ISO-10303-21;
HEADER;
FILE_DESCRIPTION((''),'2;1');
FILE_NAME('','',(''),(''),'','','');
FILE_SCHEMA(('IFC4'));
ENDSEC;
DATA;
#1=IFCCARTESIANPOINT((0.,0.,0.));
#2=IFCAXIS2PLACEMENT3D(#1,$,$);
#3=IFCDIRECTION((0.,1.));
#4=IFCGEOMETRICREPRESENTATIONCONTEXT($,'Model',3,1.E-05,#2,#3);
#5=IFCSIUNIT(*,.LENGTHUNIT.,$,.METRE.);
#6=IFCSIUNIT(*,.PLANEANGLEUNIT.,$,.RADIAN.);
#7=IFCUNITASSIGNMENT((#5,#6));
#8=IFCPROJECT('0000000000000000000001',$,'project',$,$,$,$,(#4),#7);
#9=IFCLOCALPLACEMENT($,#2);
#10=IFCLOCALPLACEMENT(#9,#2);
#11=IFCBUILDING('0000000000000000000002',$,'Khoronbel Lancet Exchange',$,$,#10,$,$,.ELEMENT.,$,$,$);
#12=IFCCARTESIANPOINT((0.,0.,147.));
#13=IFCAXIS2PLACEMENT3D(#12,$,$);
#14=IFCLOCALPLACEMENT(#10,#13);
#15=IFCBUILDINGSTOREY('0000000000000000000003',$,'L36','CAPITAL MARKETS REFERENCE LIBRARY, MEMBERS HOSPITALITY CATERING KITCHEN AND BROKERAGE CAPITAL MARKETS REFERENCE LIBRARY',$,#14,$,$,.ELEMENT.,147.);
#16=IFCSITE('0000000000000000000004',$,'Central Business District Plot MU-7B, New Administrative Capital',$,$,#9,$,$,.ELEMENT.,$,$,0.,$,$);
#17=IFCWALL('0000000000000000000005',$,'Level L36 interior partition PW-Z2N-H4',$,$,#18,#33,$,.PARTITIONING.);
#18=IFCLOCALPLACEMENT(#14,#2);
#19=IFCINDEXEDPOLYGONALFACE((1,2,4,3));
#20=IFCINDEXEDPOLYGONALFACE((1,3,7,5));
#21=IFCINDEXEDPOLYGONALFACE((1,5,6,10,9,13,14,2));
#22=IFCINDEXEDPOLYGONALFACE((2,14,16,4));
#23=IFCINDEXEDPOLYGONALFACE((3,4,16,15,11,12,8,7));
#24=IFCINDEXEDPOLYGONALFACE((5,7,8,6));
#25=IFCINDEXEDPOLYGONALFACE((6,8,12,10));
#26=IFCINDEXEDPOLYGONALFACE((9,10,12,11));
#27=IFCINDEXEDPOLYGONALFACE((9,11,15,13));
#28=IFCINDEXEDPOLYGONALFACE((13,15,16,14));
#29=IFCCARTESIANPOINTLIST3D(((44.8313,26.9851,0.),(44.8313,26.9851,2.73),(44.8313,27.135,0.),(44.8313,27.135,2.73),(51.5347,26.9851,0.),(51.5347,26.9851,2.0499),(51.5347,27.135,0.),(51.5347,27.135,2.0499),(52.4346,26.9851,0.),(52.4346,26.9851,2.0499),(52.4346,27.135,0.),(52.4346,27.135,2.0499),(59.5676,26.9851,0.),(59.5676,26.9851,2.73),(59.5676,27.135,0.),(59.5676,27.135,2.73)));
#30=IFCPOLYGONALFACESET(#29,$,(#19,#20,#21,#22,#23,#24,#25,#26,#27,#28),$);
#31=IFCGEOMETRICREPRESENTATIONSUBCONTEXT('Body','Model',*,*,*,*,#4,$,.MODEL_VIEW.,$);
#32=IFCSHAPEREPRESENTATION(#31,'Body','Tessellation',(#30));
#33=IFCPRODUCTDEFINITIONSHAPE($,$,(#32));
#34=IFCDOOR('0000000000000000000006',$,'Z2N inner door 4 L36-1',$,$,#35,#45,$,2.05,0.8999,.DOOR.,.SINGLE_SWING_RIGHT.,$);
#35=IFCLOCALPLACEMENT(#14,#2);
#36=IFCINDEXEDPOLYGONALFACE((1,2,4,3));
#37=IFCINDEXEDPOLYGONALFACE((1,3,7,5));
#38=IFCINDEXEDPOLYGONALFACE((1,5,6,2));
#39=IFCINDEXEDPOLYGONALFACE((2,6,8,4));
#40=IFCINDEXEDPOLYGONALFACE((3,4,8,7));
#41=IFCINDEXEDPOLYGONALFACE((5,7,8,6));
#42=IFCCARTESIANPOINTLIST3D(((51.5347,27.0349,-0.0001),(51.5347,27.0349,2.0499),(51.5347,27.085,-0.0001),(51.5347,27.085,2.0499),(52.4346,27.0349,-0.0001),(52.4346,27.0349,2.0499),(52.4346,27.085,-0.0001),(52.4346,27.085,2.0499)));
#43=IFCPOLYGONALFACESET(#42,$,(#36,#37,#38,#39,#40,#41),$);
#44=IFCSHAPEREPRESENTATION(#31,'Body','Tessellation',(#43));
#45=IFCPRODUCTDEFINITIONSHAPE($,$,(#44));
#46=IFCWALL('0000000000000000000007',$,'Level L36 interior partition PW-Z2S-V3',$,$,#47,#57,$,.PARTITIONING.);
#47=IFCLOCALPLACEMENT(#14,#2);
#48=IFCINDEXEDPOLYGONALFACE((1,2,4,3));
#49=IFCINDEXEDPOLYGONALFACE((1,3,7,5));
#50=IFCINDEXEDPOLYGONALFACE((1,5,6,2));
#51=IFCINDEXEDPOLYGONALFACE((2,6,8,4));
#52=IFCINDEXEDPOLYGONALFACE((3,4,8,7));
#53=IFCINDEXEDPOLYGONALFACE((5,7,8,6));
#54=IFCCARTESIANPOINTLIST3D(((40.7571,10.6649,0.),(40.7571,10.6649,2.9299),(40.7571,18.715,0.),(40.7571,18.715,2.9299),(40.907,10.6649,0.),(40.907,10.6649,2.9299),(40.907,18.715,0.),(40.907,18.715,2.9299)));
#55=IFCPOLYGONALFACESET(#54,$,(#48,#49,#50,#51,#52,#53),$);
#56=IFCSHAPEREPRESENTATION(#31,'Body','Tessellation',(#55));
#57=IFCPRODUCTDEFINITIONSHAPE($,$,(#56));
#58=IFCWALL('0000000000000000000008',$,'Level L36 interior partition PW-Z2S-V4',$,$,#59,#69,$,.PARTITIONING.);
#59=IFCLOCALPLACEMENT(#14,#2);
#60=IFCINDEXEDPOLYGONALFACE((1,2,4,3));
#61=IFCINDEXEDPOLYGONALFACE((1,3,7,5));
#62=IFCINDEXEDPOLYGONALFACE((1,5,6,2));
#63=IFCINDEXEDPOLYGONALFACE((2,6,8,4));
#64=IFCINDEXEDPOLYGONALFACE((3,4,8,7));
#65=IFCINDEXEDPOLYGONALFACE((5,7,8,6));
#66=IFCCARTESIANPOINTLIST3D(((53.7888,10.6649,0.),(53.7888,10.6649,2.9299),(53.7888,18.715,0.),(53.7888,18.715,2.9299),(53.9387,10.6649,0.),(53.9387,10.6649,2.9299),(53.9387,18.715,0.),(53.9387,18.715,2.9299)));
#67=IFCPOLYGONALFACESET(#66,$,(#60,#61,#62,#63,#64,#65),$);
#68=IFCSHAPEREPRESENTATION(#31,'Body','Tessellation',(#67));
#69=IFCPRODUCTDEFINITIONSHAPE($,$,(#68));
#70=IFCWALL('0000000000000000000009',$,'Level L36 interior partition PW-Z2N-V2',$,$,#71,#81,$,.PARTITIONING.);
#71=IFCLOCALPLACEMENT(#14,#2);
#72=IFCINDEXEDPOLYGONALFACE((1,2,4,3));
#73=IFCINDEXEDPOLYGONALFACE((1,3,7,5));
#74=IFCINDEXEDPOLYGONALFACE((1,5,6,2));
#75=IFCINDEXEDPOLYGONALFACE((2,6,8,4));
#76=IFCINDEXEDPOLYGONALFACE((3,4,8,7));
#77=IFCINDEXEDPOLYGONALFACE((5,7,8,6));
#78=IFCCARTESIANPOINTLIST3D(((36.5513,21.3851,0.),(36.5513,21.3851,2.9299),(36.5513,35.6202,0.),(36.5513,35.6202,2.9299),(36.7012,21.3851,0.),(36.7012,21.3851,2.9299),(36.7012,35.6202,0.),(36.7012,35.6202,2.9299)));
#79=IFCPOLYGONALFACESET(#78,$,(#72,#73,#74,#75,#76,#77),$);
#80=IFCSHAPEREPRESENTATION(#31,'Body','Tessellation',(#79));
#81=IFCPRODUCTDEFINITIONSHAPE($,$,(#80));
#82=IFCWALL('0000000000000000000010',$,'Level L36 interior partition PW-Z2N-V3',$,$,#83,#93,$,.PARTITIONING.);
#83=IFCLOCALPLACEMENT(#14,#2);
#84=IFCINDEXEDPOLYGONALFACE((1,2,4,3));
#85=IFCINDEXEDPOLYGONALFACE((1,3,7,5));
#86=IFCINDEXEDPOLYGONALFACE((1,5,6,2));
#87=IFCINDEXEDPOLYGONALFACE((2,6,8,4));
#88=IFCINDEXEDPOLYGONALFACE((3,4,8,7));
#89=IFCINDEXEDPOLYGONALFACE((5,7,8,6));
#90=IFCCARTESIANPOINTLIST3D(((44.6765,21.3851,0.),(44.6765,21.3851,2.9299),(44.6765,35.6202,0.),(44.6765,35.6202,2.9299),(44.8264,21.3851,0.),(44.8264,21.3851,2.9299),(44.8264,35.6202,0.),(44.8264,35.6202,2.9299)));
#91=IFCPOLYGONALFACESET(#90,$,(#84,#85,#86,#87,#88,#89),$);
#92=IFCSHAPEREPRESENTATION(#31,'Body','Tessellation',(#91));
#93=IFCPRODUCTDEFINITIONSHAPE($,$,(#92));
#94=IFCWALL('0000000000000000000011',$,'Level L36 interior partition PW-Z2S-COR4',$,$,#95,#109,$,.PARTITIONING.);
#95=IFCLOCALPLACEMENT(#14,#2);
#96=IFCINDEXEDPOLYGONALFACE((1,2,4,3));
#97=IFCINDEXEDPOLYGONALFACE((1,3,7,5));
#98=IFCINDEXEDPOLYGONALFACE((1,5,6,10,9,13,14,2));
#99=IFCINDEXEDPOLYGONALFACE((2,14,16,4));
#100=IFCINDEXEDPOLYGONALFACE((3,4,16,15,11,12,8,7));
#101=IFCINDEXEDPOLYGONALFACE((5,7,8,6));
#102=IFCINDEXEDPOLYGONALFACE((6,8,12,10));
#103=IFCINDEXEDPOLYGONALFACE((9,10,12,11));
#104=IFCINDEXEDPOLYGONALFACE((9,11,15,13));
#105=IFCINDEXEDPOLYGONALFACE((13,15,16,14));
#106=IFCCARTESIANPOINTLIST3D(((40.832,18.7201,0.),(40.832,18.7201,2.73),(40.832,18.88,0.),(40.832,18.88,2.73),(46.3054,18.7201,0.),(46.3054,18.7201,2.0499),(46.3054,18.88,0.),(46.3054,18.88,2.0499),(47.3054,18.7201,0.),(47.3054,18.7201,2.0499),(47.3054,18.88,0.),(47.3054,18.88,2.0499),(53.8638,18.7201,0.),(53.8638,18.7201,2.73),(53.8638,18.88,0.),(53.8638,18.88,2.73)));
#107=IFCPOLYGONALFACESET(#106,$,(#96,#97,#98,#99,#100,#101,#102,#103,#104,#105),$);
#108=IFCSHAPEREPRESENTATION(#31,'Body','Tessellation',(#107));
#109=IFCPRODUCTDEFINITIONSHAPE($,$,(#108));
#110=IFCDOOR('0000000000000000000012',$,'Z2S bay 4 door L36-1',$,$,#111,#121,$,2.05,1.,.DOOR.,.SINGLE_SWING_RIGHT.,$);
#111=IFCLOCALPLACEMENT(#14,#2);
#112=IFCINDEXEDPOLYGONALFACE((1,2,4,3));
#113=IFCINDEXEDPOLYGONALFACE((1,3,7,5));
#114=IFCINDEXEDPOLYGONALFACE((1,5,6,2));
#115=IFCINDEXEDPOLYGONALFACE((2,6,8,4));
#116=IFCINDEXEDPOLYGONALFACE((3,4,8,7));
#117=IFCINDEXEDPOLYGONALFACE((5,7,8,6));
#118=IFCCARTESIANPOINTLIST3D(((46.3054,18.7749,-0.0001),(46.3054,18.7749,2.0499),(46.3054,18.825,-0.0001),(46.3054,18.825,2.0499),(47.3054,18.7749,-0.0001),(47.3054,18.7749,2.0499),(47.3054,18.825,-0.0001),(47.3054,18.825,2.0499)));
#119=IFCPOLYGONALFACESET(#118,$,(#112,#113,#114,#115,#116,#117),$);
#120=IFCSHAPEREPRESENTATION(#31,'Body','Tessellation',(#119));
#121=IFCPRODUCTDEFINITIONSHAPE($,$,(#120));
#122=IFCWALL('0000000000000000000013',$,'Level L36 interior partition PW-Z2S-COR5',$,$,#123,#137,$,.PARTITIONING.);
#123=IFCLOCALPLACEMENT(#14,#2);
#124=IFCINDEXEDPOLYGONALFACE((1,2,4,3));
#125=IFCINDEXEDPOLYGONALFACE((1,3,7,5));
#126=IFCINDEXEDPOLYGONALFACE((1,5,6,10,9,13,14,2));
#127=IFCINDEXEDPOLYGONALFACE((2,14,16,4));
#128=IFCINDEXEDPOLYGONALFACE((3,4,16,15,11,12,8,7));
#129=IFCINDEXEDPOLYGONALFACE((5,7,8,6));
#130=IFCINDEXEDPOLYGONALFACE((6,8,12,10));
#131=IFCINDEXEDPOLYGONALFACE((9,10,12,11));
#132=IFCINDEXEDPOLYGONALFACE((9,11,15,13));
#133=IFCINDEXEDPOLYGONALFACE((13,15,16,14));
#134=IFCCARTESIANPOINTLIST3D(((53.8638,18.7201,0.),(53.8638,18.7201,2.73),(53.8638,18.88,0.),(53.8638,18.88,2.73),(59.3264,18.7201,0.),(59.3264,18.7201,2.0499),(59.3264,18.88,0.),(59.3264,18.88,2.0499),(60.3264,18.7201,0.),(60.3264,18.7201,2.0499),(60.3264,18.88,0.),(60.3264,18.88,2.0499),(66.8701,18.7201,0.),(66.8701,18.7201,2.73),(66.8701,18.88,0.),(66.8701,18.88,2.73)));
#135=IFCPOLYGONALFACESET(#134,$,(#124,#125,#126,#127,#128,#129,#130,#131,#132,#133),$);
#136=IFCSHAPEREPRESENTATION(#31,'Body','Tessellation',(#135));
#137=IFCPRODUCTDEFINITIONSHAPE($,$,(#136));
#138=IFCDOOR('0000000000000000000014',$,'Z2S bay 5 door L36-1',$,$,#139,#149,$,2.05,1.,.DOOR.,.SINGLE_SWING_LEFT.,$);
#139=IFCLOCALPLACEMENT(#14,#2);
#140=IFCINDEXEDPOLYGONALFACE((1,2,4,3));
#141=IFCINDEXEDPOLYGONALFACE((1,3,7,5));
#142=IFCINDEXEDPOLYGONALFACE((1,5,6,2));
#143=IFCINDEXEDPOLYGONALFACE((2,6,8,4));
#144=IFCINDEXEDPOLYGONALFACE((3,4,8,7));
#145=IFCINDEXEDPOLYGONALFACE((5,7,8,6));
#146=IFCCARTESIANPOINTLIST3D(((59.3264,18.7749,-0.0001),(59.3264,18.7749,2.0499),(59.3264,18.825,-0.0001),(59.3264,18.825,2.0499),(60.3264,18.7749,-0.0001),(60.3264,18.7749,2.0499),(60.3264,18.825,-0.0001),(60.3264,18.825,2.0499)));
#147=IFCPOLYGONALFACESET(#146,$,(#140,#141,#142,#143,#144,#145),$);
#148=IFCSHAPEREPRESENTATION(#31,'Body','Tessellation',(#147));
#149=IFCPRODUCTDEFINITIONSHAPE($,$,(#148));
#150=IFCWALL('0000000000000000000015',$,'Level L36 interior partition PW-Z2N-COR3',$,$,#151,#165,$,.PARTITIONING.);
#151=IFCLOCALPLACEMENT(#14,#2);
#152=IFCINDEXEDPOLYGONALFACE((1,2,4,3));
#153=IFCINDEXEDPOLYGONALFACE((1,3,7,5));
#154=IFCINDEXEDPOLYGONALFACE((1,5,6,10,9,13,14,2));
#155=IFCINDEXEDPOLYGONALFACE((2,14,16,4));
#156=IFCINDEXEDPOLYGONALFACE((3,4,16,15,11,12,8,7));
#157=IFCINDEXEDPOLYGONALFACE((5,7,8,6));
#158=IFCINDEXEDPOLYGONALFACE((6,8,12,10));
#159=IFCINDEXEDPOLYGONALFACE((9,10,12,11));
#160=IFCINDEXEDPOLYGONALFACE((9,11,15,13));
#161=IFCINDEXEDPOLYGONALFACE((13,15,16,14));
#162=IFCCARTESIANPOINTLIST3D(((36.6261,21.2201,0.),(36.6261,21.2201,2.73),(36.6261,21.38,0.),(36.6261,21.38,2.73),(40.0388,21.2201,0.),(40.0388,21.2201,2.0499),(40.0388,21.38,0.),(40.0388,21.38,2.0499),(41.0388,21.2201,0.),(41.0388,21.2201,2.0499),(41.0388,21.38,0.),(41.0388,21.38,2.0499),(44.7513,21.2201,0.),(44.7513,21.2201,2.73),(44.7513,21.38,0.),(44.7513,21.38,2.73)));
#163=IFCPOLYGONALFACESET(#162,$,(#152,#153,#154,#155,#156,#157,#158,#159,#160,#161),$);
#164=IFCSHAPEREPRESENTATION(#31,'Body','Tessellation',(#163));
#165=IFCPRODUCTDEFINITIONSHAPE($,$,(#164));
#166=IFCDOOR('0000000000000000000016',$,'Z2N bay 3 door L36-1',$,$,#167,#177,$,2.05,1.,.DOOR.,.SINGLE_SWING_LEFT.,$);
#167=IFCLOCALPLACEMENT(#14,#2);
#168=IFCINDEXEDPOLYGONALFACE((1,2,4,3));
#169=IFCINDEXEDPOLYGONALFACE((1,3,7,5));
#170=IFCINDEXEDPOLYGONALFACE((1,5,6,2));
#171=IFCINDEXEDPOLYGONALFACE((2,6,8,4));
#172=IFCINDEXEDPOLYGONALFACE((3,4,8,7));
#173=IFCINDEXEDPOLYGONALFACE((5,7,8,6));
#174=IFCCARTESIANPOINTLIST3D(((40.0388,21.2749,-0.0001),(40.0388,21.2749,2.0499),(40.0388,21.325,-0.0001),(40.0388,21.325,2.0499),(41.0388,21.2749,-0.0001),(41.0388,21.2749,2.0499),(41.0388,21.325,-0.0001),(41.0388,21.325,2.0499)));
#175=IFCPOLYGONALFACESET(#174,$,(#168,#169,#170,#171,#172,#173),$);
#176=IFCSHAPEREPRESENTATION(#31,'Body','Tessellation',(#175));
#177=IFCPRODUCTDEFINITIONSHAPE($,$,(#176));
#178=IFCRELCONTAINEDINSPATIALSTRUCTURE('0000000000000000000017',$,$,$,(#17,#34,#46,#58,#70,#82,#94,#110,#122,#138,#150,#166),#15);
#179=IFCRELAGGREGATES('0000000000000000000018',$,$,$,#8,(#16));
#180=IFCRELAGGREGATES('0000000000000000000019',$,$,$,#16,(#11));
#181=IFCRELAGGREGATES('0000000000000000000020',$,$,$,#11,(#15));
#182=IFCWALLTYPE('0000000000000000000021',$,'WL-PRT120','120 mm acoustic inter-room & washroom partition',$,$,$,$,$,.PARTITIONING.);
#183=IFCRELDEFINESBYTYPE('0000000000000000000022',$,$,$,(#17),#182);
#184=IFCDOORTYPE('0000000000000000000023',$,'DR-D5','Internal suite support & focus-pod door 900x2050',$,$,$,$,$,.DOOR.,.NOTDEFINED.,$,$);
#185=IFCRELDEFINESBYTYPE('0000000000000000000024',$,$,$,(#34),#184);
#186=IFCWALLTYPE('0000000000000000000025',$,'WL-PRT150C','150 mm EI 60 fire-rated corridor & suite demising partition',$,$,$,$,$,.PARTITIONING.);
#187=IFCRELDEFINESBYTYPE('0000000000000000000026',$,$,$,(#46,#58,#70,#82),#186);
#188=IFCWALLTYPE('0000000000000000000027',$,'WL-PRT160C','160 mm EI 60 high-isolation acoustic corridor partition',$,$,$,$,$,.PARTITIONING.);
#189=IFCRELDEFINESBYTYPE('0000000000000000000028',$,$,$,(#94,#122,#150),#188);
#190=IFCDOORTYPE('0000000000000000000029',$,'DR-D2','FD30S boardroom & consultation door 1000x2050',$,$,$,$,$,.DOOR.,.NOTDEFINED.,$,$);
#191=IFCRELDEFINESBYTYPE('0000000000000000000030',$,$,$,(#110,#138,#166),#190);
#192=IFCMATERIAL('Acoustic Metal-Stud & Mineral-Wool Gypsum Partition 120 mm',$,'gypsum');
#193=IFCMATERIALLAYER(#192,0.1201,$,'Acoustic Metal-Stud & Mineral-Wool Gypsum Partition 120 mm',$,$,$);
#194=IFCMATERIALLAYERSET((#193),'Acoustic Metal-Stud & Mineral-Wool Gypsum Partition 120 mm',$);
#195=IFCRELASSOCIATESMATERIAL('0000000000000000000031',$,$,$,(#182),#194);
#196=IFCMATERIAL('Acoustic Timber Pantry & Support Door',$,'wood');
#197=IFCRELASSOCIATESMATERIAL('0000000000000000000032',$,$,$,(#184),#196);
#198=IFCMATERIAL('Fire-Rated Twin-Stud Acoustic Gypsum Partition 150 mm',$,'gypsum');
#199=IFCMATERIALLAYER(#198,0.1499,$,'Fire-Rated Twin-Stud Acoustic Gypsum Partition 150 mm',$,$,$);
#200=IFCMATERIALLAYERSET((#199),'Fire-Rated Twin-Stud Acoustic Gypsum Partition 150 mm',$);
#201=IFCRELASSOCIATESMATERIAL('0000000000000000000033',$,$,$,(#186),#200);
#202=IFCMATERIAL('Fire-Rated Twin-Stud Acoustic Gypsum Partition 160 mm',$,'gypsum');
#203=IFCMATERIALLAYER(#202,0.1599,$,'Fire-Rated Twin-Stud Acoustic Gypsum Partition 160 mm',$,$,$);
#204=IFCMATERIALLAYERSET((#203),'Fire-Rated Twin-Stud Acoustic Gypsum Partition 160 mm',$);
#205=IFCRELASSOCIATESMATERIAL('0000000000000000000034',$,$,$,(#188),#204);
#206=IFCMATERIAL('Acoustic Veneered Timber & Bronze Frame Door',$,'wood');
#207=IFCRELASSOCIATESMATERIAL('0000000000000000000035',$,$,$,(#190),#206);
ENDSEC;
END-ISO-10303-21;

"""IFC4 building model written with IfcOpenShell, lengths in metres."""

from ifc_helpers import new_model, si_unit, direction, frame, frame_2d, origin, place, context, subcontext, project, spatial, rectangle, extrude, material, layer, layer_set, type_object, element, fill, save


model = new_model("IFC4")

# Units and contexts
model_context = context("Model", 3, precision=1e-05, world=origin(), true_north=direction((0.0, 1.0)))
body_context = subcontext(model_context, "Body", "Model", "MODEL_VIEW")
ifc_project = project(units=[si_unit("LENGTHUNIT", "METRE"), si_unit("PLANEANGLEUNIT", "RADIAN")], contexts=[model_context])

# Site, building, storey
site_placement = place(None, origin())
site = spatial("IfcSite", under=ifc_project, at=site_placement, Name="Central Business District Plot MU-7B, New Administrative Capital", CompositionType="ELEMENT", RefElevation=0.0)
building_placement = place(site_placement, origin())
building = spatial("IfcBuilding", under=site, at=building_placement, Name="Khoronbel Lancet Exchange", CompositionType="ELEMENT")
storey_placement = place(building_placement, frame((0.0, 0.0, 147.0)))
storey = spatial("IfcBuildingStorey", under=building, at=storey_placement, Name="L36", Description="CAPITAL MARKETS REFERENCE LIBRARY, MEMBERS HOSPITALITY CATERING KITCHEN AND BROKERAGE CAPITAL MARKETS REFERENCE LIBRARY", CompositionType="ELEMENT", Elevation=147.0)

# Wall, opening, door
ifc_material_1 = material(Name="Acoustic Metal-Stud & Mineral-Wool Gypsum Partition 120 mm", Category="gypsum")
ifc_layer_1 = layer(ifc_material_1, 0.1201, Name="Acoustic Metal-Stud & Mineral-Wool Gypsum Partition 120 mm")
ifc_layer_set_1 = layer_set([ifc_layer_1], Name="Acoustic Metal-Stud & Mineral-Wool Gypsum Partition 120 mm")
wall_type_1 = type_object("IfcWallType", Name="WL-PRT120", Description="120 mm acoustic inter-room & washroom partition", PredefinedType="PARTITIONING", material=ifc_layer_set_1)
wall_1_placement = place(storey_placement, frame((44.8313, 27.0601, 0.0), z_axis=(0.0, 0.0, 1.0), x_axis=(1.0, 0.0, 0.0)))
wall_1 = element("IfcWall", 1, at=wall_1_placement, inside=storey, type_object=wall_type_1, Name="Level L36 interior partition PW-Z2N-H4", PredefinedType="PARTITIONING", context=body_context, shape_type="SweptSolid", body=[
    extrude(rectangle(XDim=14.7363, YDim=0.1499, at=frame_2d((7.3682, 0.0))), origin(), (0.0, 0.0, 1.0), 2.73),
])
opening_1_placement = place(wall_1_placement, frame((6.7034, 0.0, 0.0)))
opening_1 = element("IfcOpeningElement", 2, at=opening_1_placement, cuts=wall_1, PredefinedType="OPENING", context=body_context, shape_type="SweptSolid", body=[
    extrude(rectangle(XDim=0.8999, YDim=2.05, at=frame_2d((0.45, 1.0249))), frame((0.0, 0.085, 0.0), z_axis=(0.0, -1.0, 0.0), x_axis=(1.0, 0.0, 0.0)), (0.0, 0.0, 1.0), 0.1699),
])
ifc_material_2 = material(Name="Acoustic Timber Pantry & Support Door", Category="wood")
door_type_1 = type_object("IfcDoorType", Name="DR-D5", Description="Internal suite support & focus-pod door 900x2050", OperationType="NOTDEFINED", PredefinedType="DOOR", material=ifc_material_2)
door_1_placement = place(opening_1_placement, origin())
door_1 = element("IfcDoor", 3, at=door_1_placement, inside=storey, type_object=door_type_1, Name="Z2N inner door 4 L36-1", OperationType="SINGLE_SWING_RIGHT", OverallHeight=2.05, OverallWidth=0.8999, PredefinedType="DOOR", context=body_context, shape_type="SweptSolid", body=[
    extrude(rectangle(XDim=0.8999, YDim=2.05, at=frame_2d((0.45, 1.0249))), frame((0.0, 0.0249, 0.0), z_axis=(0.0, -1.0, 0.0), x_axis=(1.0, 0.0, 0.0)), (0.0, 0.0, 1.0), 0.05),
])
fill(opening_1, door_1)

# Walls
ifc_material_3 = material(Name="Fire-Rated Twin-Stud Acoustic Gypsum Partition 150 mm", Category="gypsum")
ifc_layer_2 = layer(ifc_material_3, 0.1499, Name="Fire-Rated Twin-Stud Acoustic Gypsum Partition 150 mm")
ifc_layer_set_2 = layer_set([ifc_layer_2], Name="Fire-Rated Twin-Stud Acoustic Gypsum Partition 150 mm")
wall_type_2 = type_object("IfcWallType", Name="WL-PRT150C", Description="150 mm EI 60 fire-rated corridor & suite demising partition", PredefinedType="PARTITIONING", material=ifc_layer_set_2)
for number, where, z_axis, x_axis, name in (
    (4, (40.832, 10.665, 0.0), (0.0, 0.0, 1.0), (0.0, 1.0, 0.0), "Level L36 interior partition PW-Z2S-V3"),
    (5, (53.8638, 10.665, 0.0), (0.0, 0.0, 1.0), (0.0, 1.0, 0.0), "Level L36 interior partition PW-Z2S-V4"),
):
    element("IfcWall", number, at=place(storey_placement, frame(where, z_axis=z_axis, x_axis=x_axis)), inside=storey, type_object=wall_type_2, Name=name, PredefinedType="PARTITIONING", context=body_context, shape_type="SweptSolid", body=[
        extrude(rectangle(XDim=8.05, YDim=0.1499, at=frame_2d((4.0249, 0.0))), origin(), (0.0, 0.0, 1.0), 2.9299),
    ])
for number, where, z_axis, x_axis, name in (
    (6, (36.6262, 21.385, 0.0), (0.0, 0.0, 1.0), (0.0, 1.0, 0.0), "Level L36 interior partition PW-Z2N-V2"),
    (7, (44.7515, 21.385, 0.0), (0.0, 0.0, 1.0), (0.0, 1.0, 0.0), "Level L36 interior partition PW-Z2N-V3"),
):
    element("IfcWall", number, at=place(storey_placement, frame(where, z_axis=z_axis, x_axis=x_axis)), inside=storey, type_object=wall_type_2, Name=name, PredefinedType="PARTITIONING", context=body_context, shape_type="SweptSolid", body=[
        extrude(rectangle(XDim=14.2351, YDim=0.1499, at=frame_2d((7.1177, 0.0))), origin(), (0.0, 0.0, 1.0), 2.9299),
    ])

# Walls, openings, doors
ifc_material_4 = material(Name="Fire-Rated Twin-Stud Acoustic Gypsum Partition 160 mm", Category="gypsum")
ifc_layer_3 = layer(ifc_material_4, 0.1599, Name="Fire-Rated Twin-Stud Acoustic Gypsum Partition 160 mm")
ifc_layer_set_3 = layer_set([ifc_layer_3], Name="Fire-Rated Twin-Stud Acoustic Gypsum Partition 160 mm")
wall_type_3 = type_object("IfcWallType", Name="WL-PRT160C", Description="160 mm EI 60 high-isolation acoustic corridor partition", PredefinedType="PARTITIONING", material=ifc_layer_set_3)
wall_2_placement = place(storey_placement, frame((40.832, 18.8, 0.0), z_axis=(0.0, 0.0, 1.0), x_axis=(1.0, 0.0, 0.0)))
wall_2 = element("IfcWall", 8, at=wall_2_placement, inside=storey, type_object=wall_type_3, Name="Level L36 interior partition PW-Z2S-COR4", PredefinedType="PARTITIONING", context=body_context, shape_type="SweptSolid", body=[
    extrude(rectangle(XDim=13.0317, YDim=0.1599, at=frame_2d((6.5159, 0.0))), origin(), (0.0, 0.0, 1.0), 2.73),
])
opening_2_placement = place(wall_2_placement, frame((5.4734, 0.0, 0.0)))
opening_2 = element("IfcOpeningElement", 9, at=opening_2_placement, cuts=wall_2, PredefinedType="OPENING", context=body_context, shape_type="SweptSolid", body=[
    extrude(rectangle(XDim=1.0, YDim=2.05, at=frame_2d((0.5, 1.0249))), frame((0.0, 0.0898, 0.0), z_axis=(0.0, -1.0, 0.0), x_axis=(1.0, 0.0, 0.0)), (0.0, 0.0, 1.0), 0.1799),
])
ifc_material_5 = material(Name="Acoustic Veneered Timber & Bronze Frame Door", Category="wood")
door_type_2 = type_object("IfcDoorType", Name="DR-D2", Description="FD30S boardroom & consultation door 1000x2050", OperationType="NOTDEFINED", PredefinedType="DOOR", material=ifc_material_5)
door_2_placement = place(opening_2_placement, origin())
door_2 = element("IfcDoor", 10, at=door_2_placement, inside=storey, type_object=door_type_2, Name="Z2S bay 4 door L36-1", OperationType="SINGLE_SWING_RIGHT", OverallHeight=2.05, OverallWidth=1.0, PredefinedType="DOOR", context=body_context, shape_type="SweptSolid", body=[
    extrude(rectangle(XDim=1.0, YDim=2.05, at=frame_2d((0.5, 1.0249))), frame((0.0, 0.0249, 0.0), z_axis=(0.0, -1.0, 0.0), x_axis=(1.0, 0.0, 0.0)), (0.0, 0.0, 1.0), 0.05),
])
fill(opening_2, door_2)
wall_3_placement = place(storey_placement, frame((53.8638, 18.8, 0.0), z_axis=(0.0, 0.0, 1.0), x_axis=(1.0, 0.0, 0.0)))
wall_3 = element("IfcWall", 11, at=wall_3_placement, inside=storey, type_object=wall_type_3, Name="Level L36 interior partition PW-Z2S-COR5", PredefinedType="PARTITIONING", context=body_context, shape_type="SweptSolid", body=[
    extrude(rectangle(XDim=13.0063, YDim=0.1599, at=frame_2d((6.5032, 0.0))), origin(), (0.0, 0.0, 1.0), 2.73),
])
opening_3_placement = place(wall_3_placement, frame((5.4626, 0.0, 0.0)))
opening_3 = element("IfcOpeningElement", 12, at=opening_3_placement, cuts=wall_3, PredefinedType="OPENING", context=body_context, shape_type="SweptSolid", body=[
    extrude(rectangle(XDim=1.0, YDim=2.05, at=frame_2d((0.5, 1.0249))), frame((0.0, 0.0898, 0.0), z_axis=(0.0, -1.0, 0.0), x_axis=(1.0, 0.0, 0.0)), (0.0, 0.0, 1.0), 0.1799),
])
door_3_placement = place(opening_3_placement, origin())
door_3 = element("IfcDoor", 13, at=door_3_placement, inside=storey, type_object=door_type_2, Name="Z2S bay 5 door L36-1", OperationType="SINGLE_SWING_LEFT", OverallHeight=2.05, OverallWidth=1.0, PredefinedType="DOOR", context=body_context, shape_type="SweptSolid", body=[
    extrude(rectangle(XDim=1.0, YDim=2.05, at=frame_2d((0.5, 1.0249))), frame((0.0, 0.0249, 0.0), z_axis=(0.0, -1.0, 0.0), x_axis=(1.0, 0.0, 0.0)), (0.0, 0.0, 1.0), 0.05),
])
fill(opening_3, door_3)
wall_4_placement = place(storey_placement, frame((36.6262, 21.3, 0.0), z_axis=(0.0, 0.0, 1.0), x_axis=(1.0, 0.0, 0.0)))
wall_4 = element("IfcWall", 14, at=wall_4_placement, inside=storey, type_object=wall_type_3, Name="Level L36 interior partition PW-Z2N-COR3", PredefinedType="PARTITIONING", context=body_context, shape_type="SweptSolid", body=[
    extrude(rectangle(XDim=8.1252, YDim=0.1599, at=frame_2d((4.0625, 0.0))), origin(), (0.0, 0.0, 1.0), 2.73),
])
opening_4_placement = place(wall_4_placement, frame((3.4126, 0.0, 0.0)))
opening_4 = element("IfcOpeningElement", 15, at=opening_4_placement, cuts=wall_4, PredefinedType="OPENING", context=body_context, shape_type="SweptSolid", body=[
    extrude(rectangle(XDim=1.0, YDim=2.05, at=frame_2d((0.5, 1.0249))), frame((0.0, 0.0898, 0.0), z_axis=(0.0, -1.0, 0.0), x_axis=(1.0, 0.0, 0.0)), (0.0, 0.0, 1.0), 0.1799),
])
door_4_placement = place(opening_4_placement, origin())
door_4 = element("IfcDoor", 16, at=door_4_placement, inside=storey, type_object=door_type_2, Name="Z2N bay 3 door L36-1", OperationType="SINGLE_SWING_LEFT", OverallHeight=2.05, OverallWidth=1.0, PredefinedType="DOOR", context=body_context, shape_type="SweptSolid", body=[
    extrude(rectangle(XDim=1.0, YDim=2.05, at=frame_2d((0.5, 1.0249))), frame((0.0, 0.0249, 0.0), z_axis=(0.0, -1.0, 0.0), x_axis=(1.0, 0.0, 0.0)), (0.0, 0.0, 1.0), 0.05),
])
fill(opening_4, door_4)

save(model, "model.ifc")
